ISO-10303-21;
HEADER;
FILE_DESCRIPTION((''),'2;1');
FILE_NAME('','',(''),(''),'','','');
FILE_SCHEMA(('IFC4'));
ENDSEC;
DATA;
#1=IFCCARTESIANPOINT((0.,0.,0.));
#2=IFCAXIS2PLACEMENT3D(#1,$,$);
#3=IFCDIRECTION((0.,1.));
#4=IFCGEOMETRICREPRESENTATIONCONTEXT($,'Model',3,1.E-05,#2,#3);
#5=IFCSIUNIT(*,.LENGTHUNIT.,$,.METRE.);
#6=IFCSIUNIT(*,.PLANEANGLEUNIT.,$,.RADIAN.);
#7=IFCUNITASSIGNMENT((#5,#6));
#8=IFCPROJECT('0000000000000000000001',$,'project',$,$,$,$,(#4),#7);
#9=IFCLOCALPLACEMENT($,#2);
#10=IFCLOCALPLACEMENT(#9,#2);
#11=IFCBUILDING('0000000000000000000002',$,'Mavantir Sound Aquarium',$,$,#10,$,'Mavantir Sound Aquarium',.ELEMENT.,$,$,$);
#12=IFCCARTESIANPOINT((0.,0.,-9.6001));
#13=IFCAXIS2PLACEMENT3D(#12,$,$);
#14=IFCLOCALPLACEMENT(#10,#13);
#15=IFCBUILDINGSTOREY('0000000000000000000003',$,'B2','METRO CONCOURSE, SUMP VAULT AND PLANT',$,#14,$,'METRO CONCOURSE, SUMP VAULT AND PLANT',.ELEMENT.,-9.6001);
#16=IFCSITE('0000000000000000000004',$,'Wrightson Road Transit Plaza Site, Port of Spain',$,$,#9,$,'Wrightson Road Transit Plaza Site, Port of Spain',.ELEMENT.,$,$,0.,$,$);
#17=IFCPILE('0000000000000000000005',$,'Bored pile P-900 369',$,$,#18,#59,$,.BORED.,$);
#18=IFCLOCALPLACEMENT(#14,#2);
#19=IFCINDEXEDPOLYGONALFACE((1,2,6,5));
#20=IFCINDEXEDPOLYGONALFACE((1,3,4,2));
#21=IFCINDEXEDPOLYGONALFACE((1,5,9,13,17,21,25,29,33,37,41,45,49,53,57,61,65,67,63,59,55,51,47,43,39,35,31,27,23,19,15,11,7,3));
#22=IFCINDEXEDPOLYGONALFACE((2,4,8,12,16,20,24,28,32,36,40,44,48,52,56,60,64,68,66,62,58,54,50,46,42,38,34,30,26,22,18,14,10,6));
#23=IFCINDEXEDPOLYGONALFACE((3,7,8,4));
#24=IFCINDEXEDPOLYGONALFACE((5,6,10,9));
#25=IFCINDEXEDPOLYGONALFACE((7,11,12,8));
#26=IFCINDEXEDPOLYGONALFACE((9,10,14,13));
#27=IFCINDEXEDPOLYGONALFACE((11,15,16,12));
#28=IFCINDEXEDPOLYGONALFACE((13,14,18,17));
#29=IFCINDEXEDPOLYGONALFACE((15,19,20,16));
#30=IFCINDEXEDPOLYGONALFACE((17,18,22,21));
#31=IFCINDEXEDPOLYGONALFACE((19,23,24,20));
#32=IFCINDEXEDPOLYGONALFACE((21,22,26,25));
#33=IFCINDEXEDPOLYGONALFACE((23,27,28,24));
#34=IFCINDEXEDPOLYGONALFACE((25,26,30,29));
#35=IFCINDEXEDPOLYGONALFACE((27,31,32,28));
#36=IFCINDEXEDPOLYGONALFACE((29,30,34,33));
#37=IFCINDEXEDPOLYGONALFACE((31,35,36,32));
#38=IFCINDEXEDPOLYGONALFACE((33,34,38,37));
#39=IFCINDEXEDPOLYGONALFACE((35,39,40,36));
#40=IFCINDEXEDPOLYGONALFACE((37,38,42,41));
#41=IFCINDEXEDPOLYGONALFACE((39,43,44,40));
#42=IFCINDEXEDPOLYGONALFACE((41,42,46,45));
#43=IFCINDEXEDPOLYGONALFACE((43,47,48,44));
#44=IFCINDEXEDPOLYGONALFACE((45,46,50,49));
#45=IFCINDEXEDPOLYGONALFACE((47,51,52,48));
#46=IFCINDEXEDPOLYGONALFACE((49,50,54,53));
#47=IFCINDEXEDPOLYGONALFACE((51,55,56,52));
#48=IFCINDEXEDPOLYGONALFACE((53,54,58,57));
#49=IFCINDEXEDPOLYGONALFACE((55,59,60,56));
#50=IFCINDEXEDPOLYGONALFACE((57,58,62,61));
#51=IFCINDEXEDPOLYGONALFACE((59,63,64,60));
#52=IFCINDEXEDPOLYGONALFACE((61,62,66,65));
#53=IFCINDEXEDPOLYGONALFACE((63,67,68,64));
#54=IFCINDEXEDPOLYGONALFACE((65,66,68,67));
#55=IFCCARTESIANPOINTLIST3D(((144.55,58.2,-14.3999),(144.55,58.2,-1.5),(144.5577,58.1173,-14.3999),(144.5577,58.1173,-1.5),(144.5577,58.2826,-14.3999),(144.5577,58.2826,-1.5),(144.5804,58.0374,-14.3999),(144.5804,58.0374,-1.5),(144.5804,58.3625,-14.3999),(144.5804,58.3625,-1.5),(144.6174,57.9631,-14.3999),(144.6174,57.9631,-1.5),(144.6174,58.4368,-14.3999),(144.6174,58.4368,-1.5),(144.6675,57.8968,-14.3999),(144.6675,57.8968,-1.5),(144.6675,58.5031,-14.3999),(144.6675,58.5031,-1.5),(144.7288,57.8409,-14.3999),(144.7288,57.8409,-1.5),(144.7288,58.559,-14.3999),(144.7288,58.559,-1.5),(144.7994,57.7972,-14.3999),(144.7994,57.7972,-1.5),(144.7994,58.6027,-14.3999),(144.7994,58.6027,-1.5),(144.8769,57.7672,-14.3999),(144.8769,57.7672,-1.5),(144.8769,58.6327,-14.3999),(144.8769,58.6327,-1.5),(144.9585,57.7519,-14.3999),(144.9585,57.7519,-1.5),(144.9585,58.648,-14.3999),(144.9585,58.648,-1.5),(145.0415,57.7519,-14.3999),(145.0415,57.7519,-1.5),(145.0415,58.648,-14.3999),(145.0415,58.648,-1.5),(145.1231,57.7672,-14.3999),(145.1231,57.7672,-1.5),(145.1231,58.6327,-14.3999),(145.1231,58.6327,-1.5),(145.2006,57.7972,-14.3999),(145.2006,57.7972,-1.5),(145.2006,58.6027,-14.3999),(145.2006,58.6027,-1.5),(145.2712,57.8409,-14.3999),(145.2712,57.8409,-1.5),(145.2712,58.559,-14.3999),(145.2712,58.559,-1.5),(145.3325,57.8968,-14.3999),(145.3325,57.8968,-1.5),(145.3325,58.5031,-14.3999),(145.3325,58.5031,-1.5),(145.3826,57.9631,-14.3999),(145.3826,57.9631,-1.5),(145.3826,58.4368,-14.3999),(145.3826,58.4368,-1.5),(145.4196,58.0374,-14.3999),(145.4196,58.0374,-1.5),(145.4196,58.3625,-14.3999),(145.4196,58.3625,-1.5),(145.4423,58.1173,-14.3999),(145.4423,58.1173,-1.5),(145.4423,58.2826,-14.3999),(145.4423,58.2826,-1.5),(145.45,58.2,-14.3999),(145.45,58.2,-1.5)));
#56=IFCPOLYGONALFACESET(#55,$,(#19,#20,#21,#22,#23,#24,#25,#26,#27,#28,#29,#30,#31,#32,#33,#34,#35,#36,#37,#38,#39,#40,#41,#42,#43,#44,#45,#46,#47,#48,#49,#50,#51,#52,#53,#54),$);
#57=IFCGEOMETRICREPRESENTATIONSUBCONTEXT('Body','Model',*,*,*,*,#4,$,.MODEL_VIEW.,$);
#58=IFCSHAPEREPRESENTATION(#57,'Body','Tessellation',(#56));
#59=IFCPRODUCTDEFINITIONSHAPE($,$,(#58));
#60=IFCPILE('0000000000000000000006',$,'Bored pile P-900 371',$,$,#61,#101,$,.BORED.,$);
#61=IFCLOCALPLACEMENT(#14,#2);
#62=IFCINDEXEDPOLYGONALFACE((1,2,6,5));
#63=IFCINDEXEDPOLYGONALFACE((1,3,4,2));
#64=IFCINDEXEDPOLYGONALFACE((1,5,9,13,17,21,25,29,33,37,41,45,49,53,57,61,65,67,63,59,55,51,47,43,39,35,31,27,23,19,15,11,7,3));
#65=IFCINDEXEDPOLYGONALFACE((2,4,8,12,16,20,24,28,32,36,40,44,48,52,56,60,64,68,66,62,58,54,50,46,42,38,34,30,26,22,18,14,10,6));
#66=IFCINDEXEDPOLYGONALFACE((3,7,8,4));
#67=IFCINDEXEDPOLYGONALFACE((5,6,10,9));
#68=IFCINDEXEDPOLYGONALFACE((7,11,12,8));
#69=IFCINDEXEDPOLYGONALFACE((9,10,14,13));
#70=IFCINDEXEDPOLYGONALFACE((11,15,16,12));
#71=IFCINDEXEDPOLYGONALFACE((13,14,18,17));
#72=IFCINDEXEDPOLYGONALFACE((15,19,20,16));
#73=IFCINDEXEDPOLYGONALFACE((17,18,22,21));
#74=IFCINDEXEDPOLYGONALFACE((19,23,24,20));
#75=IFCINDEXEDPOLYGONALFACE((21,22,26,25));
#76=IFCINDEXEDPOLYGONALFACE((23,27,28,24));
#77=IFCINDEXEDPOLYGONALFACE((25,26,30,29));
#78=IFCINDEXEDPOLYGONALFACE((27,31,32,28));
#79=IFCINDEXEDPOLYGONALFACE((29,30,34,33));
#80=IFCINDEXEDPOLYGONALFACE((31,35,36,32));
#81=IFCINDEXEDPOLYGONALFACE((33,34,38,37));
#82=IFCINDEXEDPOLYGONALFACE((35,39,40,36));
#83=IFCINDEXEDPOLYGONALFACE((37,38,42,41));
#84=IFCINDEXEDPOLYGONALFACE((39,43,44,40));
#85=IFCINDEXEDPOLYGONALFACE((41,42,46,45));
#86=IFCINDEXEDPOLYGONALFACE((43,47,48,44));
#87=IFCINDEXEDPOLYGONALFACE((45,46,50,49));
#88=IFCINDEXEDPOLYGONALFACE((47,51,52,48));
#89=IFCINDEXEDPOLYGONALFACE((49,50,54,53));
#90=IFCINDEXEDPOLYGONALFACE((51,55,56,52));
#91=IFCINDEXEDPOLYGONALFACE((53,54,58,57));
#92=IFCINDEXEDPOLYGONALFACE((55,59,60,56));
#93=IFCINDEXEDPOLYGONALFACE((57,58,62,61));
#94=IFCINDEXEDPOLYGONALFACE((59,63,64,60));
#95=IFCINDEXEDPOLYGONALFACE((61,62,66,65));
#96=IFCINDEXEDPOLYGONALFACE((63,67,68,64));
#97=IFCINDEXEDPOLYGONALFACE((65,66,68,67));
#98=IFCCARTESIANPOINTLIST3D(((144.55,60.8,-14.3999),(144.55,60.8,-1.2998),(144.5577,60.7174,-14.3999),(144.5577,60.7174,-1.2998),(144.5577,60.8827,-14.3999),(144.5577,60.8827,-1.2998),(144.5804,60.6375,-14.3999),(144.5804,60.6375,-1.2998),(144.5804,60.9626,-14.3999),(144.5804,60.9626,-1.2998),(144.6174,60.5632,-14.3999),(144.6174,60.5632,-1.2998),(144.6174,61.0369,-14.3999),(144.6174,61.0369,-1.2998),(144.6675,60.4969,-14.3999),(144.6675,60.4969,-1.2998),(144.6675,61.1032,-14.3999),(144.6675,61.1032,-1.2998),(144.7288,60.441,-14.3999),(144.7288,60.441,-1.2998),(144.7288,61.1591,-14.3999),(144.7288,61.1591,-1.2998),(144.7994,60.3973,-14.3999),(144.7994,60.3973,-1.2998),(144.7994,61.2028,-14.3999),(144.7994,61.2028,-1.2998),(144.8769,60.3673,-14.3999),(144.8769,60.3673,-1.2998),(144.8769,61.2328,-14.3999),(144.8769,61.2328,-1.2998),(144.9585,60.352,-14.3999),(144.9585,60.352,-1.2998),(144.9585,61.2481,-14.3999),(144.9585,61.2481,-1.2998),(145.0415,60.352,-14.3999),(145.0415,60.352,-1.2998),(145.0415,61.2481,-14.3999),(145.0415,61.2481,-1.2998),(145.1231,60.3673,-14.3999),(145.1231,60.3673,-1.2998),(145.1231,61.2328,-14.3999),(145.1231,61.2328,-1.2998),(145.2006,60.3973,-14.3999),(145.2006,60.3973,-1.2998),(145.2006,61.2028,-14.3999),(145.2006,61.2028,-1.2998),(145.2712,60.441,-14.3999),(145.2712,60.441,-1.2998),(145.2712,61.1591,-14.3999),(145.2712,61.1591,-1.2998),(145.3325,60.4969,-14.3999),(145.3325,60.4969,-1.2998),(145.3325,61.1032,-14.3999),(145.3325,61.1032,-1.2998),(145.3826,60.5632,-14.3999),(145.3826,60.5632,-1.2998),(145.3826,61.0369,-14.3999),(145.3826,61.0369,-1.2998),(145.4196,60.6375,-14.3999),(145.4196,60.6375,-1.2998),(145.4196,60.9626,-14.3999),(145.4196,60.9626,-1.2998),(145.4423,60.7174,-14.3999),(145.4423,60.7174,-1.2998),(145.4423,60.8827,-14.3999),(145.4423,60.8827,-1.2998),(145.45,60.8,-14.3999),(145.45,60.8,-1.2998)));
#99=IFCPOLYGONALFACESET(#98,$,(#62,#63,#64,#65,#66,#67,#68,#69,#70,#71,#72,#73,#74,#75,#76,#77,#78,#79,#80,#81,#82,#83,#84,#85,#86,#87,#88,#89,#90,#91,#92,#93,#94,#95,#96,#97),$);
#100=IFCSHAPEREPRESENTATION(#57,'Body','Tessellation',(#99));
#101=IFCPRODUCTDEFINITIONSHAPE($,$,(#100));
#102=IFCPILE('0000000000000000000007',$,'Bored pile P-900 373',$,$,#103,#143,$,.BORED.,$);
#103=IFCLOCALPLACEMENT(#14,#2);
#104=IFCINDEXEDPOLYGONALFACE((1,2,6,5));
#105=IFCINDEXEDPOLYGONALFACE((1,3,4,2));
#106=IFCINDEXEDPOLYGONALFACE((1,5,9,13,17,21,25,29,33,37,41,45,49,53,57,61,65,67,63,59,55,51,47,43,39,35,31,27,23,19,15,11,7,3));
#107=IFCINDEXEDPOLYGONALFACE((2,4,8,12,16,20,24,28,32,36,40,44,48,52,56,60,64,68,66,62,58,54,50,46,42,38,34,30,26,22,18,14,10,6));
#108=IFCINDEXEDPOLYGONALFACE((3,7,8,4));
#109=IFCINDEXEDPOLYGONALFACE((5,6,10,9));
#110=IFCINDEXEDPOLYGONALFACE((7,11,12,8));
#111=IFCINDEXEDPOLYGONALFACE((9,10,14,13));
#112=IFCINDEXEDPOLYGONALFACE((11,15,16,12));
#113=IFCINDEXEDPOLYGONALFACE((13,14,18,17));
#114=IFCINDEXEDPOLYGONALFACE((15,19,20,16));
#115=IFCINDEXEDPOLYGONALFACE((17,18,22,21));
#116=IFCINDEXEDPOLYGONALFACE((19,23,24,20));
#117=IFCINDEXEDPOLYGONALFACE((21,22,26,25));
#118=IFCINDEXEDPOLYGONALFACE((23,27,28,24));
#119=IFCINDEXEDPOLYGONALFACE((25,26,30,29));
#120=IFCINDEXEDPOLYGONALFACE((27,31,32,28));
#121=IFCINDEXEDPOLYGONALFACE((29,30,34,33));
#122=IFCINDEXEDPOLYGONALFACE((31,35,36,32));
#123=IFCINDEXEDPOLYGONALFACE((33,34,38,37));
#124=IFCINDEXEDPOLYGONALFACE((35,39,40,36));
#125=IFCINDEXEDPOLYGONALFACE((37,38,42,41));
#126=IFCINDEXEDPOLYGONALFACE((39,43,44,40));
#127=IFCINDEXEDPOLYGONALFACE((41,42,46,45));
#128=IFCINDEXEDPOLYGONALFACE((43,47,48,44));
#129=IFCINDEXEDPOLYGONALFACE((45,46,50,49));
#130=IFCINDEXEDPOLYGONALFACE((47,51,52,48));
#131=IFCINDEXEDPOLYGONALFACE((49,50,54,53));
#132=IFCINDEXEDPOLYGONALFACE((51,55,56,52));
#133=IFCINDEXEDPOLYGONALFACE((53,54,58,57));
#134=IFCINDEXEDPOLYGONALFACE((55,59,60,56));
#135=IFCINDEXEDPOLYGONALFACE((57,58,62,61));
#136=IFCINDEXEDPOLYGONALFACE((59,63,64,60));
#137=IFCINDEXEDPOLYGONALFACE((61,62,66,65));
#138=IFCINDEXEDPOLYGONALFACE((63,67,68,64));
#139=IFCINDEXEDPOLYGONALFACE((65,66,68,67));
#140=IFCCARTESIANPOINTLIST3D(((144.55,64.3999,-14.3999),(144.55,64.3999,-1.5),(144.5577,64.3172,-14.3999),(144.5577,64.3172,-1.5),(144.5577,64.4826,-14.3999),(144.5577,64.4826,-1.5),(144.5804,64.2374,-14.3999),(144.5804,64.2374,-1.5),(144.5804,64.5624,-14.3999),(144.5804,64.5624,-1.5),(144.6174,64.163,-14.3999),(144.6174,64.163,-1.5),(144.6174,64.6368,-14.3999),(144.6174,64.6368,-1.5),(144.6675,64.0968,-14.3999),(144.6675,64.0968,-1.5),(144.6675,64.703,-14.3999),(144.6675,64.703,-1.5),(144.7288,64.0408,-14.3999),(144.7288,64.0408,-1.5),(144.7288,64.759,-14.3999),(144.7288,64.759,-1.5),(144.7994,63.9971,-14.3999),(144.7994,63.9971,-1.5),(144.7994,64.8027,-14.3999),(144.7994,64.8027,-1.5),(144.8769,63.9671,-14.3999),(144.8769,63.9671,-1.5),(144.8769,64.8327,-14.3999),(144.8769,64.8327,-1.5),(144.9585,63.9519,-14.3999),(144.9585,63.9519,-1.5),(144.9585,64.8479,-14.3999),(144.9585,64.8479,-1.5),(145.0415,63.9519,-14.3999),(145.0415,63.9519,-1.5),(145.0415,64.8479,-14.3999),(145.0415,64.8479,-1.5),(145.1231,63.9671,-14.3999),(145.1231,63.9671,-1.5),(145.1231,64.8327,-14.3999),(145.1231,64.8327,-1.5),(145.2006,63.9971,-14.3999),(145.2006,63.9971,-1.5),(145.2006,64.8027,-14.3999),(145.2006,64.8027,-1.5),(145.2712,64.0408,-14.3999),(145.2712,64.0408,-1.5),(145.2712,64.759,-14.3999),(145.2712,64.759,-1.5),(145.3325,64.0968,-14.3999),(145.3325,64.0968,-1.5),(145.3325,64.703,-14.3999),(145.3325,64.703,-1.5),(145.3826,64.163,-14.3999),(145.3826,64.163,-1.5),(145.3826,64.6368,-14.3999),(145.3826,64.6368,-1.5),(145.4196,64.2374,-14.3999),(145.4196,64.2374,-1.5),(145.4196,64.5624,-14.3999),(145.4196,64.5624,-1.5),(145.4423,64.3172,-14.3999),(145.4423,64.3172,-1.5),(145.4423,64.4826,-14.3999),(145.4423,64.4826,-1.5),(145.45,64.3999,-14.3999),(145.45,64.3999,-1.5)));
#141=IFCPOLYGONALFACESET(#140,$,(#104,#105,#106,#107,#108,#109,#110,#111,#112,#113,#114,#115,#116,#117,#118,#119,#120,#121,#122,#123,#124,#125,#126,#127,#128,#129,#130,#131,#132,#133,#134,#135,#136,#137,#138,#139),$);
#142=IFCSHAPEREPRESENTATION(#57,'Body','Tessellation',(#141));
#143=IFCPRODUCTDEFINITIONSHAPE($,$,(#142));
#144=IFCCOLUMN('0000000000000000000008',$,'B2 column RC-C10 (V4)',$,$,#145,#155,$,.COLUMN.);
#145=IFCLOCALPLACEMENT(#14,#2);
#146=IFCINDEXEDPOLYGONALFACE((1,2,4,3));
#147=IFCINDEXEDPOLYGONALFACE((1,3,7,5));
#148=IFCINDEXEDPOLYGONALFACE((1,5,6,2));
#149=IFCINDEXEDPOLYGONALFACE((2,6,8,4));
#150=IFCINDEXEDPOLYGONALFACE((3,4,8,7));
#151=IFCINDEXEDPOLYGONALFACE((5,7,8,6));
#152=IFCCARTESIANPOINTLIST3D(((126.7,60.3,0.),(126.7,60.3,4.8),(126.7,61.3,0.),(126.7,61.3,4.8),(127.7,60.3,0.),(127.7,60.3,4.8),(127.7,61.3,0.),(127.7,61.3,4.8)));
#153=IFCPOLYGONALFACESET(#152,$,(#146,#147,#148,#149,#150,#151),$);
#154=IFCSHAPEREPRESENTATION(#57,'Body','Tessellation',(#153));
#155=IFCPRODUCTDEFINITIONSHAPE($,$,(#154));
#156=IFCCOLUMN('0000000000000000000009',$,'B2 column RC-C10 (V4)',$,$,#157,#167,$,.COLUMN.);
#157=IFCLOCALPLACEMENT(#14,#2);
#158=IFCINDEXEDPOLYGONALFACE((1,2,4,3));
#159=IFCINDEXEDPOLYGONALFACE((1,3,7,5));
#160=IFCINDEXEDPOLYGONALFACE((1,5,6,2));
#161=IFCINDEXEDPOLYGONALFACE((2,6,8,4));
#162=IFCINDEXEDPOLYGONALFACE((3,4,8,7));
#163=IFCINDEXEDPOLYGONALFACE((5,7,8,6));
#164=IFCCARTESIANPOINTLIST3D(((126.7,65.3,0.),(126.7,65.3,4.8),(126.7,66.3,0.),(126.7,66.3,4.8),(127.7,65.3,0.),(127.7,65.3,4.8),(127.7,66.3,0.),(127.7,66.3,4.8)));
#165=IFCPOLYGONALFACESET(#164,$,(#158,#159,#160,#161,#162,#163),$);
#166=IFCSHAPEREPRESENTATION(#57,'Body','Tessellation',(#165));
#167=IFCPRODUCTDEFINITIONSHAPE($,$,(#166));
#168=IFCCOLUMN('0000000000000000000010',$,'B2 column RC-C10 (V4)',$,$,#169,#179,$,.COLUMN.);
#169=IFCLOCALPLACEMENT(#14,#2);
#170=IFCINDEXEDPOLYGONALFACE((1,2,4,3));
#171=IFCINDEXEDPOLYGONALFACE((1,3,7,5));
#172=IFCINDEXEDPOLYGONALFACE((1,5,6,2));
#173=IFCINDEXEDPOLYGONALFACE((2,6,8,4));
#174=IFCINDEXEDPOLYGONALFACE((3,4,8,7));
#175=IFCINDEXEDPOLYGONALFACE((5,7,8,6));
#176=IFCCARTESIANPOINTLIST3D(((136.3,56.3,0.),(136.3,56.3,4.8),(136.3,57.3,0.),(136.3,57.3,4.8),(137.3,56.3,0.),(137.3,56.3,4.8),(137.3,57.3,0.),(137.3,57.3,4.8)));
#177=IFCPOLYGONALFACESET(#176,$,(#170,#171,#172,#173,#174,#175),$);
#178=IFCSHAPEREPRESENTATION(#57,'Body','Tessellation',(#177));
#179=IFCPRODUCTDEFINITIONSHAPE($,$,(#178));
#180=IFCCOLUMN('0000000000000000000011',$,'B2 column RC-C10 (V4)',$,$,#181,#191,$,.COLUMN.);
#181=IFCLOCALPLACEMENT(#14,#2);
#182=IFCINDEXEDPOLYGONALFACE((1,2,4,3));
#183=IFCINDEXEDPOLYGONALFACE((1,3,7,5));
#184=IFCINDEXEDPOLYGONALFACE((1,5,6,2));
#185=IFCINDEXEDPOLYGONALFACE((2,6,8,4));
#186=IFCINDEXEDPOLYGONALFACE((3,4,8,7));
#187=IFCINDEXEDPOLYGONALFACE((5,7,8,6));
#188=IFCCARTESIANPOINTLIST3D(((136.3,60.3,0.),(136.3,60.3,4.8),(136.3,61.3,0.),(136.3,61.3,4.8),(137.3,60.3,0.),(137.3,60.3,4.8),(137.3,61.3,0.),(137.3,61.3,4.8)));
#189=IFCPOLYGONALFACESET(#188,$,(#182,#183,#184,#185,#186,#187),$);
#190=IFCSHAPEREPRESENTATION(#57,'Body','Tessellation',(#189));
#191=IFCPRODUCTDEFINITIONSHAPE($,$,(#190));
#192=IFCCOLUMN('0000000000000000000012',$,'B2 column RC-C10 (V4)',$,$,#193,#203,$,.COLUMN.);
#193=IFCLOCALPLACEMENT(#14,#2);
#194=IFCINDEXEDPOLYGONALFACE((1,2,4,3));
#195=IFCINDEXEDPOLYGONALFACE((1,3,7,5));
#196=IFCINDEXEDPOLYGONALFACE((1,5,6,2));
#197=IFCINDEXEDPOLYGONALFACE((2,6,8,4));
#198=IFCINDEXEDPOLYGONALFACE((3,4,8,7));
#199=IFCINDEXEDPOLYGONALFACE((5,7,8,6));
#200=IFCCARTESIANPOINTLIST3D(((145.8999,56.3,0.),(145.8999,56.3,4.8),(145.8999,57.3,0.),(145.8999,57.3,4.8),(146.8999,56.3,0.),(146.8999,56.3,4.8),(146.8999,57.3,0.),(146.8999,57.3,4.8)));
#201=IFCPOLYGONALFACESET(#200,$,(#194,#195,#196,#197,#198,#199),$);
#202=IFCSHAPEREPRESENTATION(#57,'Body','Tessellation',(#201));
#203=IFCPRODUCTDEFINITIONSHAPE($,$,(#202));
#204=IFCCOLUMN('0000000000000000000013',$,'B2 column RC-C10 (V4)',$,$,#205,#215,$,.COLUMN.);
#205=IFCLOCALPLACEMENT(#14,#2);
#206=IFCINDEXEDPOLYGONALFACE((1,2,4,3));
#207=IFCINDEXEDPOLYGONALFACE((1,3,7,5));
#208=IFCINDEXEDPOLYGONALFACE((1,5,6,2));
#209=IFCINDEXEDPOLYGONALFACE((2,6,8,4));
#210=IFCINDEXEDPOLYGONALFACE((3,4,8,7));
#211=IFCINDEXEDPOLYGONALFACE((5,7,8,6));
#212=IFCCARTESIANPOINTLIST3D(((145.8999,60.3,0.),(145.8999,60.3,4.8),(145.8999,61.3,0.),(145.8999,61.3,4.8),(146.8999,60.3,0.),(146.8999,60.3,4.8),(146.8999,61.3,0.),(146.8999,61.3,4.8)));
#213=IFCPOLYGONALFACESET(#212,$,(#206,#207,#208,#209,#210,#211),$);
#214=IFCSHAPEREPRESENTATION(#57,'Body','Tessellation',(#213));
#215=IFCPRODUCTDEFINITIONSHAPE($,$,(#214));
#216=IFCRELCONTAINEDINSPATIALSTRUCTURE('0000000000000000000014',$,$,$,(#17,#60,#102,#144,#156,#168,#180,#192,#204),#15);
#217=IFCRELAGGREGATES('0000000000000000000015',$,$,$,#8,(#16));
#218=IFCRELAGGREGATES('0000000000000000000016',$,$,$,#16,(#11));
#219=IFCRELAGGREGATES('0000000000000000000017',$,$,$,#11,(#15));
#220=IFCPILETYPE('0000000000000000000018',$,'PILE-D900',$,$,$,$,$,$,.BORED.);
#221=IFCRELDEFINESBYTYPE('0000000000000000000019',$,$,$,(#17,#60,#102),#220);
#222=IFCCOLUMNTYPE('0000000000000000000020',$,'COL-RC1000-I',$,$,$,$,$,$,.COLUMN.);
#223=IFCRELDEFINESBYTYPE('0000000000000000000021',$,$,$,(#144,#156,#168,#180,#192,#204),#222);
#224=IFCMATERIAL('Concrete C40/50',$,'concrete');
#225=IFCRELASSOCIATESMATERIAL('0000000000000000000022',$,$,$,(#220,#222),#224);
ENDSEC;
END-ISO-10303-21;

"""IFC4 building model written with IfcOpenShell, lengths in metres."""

from ifc_helpers import new_model, si_unit, direction, frame, origin, origin_2d, place, context, subcontext, project, spatial, rectangle, circle, extrude, material, material_profile, profile_set, type_object, element, save


model = new_model("IFC4")

# Units and contexts
model_context = context("Model", 3, precision=1e-05, world=origin(), true_north=direction((0.0, 1.0)))
body_context = subcontext(model_context, "Body", "Model", "MODEL_VIEW")
ifc_project = project(units=[si_unit("LENGTHUNIT", "METRE"), si_unit("PLANEANGLEUNIT", "RADIAN")], contexts=[model_context])

# Site, building, storey
site_placement = place(None, origin())
site = spatial("IfcSite", under=ifc_project, at=site_placement, Name="Wrightson Road Transit Plaza Site, Port of Spain", LongName="Wrightson Road Transit Plaza Site, Port of Spain", CompositionType="ELEMENT", RefElevation=0.0)
building_placement = place(site_placement, origin())
building = spatial("IfcBuilding", under=site, at=building_placement, Name="Mavantir Sound Aquarium", LongName="Mavantir Sound Aquarium", CompositionType="ELEMENT")
storey_placement = place(building_placement, frame((0.0, 0.0, -9.6001)))
storey = spatial("IfcBuildingStorey", under=building, at=storey_placement, Name="B2", Description="METRO CONCOURSE, SUMP VAULT AND PLANT", LongName="METRO CONCOURSE, SUMP VAULT AND PLANT", CompositionType="ELEMENT", Elevation=-9.6001)

# Shared definitions
ifc_material = material(Name="Concrete C40/50", Category="concrete")

# Piles
ifc_material_profile_1 = material_profile(ifc_material, circle(Radius=0.45, at=origin_2d()), Name="PILE D900")
ifc_profile_set_1 = profile_set([ifc_material_profile_1], Name="Concrete C40/50")
pile_type = type_object("IfcPileType", Name="PILE-D900", PredefinedType="BORED", material=ifc_profile_set_1)
for number, where, z_axis, x_axis, name in (
    (1, (145.0, 58.2, -1.5), (0.0, 0.0, -1.0), (1.0, 0.0, 0.0), "Bored pile P-900 369"),
):
    element("IfcPile", number, at=place(storey_placement, frame(where, z_axis=z_axis, x_axis=x_axis)), inside=storey, type_object=pile_type, Name=name, PredefinedType="BORED", context=body_context, shape_type="SweptSolid", body=[
        extrude(circle(Radius=0.45, at=origin_2d()), origin(), (0.0, 0.0, 1.0), 12.8999),
    ])
pile_1_placement = place(storey_placement, frame((145.0, 60.8, -1.2998), z_axis=(0.0, 0.0, -1.0), x_axis=(1.0, 0.0, 0.0)))
element("IfcPile", 2, at=pile_1_placement, inside=storey, type_object=pile_type, Name="Bored pile P-900 371", PredefinedType="BORED", context=body_context, shape_type="SweptSolid", body=[
    extrude(circle(Radius=0.45, at=origin_2d()), origin(), (0.0, 0.0, 1.0), 13.1001),
])
pile_2_placement = place(storey_placement, frame((145.0, 64.3999, -1.5), z_axis=(0.0, 0.0, -1.0), x_axis=(1.0, 0.0, 0.0)))
element("IfcPile", 3, at=pile_2_placement, inside=storey, type_object=pile_type, Name="Bored pile P-900 373", PredefinedType="BORED", context=body_context, shape_type="SweptSolid", body=[
    extrude(circle(Radius=0.45, at=origin_2d()), origin(), (0.0, 0.0, 1.0), 12.8999),
])

# Columns
ifc_material_profile_2 = material_profile(ifc_material, rectangle(XDim=1.0, YDim=1.0, at=origin_2d()), Name="RC 1000X1000")
ifc_profile_set_2 = profile_set([ifc_material_profile_2], Name="Concrete C40/50")
column_type = type_object("IfcColumnType", Name="COL-RC1000-I", PredefinedType="COLUMN", material=ifc_profile_set_2)
for number, where, z_axis, x_axis, name in (
    (4, (127.2, 60.8, 0.0), (0.0, 0.0, 1.0), (1.0, 0.0, 0.0), "B2 column RC-C10 (V4)"),
    (5, (127.2, 65.8, 0.0), (0.0, 0.0, 1.0), (1.0, 0.0, 0.0), "B2 column RC-C10 (V4)"),
    (6, (136.8, 56.8, 0.0), (0.0, 0.0, 1.0), (1.0, 0.0, 0.0), "B2 column RC-C10 (V4)"),
    (7, (136.8, 60.8, 0.0), (0.0, 0.0, 1.0), (1.0, 0.0, 0.0), "B2 column RC-C10 (V4)"),
    (8, (146.3999, 56.8, 0.0), (0.0, 0.0, 1.0), (1.0, 0.0, 0.0), "B2 column RC-C10 (V4)"),
    (9, (146.3999, 60.8, 0.0), (0.0, 0.0, 1.0), (1.0, 0.0, 0.0), "B2 column RC-C10 (V4)"),
):
    element("IfcColumn", number, at=place(storey_placement, frame(where, z_axis=z_axis, x_axis=x_axis)), inside=storey, type_object=column_type, Name=name, PredefinedType="COLUMN", context=body_context, shape_type="SweptSolid", body=[
        extrude(rectangle(XDim=1.0, YDim=1.0, at=origin_2d()), origin(), (0.0, 0.0, 1.0), 4.8),
    ])

save(model, "model.ifc")
